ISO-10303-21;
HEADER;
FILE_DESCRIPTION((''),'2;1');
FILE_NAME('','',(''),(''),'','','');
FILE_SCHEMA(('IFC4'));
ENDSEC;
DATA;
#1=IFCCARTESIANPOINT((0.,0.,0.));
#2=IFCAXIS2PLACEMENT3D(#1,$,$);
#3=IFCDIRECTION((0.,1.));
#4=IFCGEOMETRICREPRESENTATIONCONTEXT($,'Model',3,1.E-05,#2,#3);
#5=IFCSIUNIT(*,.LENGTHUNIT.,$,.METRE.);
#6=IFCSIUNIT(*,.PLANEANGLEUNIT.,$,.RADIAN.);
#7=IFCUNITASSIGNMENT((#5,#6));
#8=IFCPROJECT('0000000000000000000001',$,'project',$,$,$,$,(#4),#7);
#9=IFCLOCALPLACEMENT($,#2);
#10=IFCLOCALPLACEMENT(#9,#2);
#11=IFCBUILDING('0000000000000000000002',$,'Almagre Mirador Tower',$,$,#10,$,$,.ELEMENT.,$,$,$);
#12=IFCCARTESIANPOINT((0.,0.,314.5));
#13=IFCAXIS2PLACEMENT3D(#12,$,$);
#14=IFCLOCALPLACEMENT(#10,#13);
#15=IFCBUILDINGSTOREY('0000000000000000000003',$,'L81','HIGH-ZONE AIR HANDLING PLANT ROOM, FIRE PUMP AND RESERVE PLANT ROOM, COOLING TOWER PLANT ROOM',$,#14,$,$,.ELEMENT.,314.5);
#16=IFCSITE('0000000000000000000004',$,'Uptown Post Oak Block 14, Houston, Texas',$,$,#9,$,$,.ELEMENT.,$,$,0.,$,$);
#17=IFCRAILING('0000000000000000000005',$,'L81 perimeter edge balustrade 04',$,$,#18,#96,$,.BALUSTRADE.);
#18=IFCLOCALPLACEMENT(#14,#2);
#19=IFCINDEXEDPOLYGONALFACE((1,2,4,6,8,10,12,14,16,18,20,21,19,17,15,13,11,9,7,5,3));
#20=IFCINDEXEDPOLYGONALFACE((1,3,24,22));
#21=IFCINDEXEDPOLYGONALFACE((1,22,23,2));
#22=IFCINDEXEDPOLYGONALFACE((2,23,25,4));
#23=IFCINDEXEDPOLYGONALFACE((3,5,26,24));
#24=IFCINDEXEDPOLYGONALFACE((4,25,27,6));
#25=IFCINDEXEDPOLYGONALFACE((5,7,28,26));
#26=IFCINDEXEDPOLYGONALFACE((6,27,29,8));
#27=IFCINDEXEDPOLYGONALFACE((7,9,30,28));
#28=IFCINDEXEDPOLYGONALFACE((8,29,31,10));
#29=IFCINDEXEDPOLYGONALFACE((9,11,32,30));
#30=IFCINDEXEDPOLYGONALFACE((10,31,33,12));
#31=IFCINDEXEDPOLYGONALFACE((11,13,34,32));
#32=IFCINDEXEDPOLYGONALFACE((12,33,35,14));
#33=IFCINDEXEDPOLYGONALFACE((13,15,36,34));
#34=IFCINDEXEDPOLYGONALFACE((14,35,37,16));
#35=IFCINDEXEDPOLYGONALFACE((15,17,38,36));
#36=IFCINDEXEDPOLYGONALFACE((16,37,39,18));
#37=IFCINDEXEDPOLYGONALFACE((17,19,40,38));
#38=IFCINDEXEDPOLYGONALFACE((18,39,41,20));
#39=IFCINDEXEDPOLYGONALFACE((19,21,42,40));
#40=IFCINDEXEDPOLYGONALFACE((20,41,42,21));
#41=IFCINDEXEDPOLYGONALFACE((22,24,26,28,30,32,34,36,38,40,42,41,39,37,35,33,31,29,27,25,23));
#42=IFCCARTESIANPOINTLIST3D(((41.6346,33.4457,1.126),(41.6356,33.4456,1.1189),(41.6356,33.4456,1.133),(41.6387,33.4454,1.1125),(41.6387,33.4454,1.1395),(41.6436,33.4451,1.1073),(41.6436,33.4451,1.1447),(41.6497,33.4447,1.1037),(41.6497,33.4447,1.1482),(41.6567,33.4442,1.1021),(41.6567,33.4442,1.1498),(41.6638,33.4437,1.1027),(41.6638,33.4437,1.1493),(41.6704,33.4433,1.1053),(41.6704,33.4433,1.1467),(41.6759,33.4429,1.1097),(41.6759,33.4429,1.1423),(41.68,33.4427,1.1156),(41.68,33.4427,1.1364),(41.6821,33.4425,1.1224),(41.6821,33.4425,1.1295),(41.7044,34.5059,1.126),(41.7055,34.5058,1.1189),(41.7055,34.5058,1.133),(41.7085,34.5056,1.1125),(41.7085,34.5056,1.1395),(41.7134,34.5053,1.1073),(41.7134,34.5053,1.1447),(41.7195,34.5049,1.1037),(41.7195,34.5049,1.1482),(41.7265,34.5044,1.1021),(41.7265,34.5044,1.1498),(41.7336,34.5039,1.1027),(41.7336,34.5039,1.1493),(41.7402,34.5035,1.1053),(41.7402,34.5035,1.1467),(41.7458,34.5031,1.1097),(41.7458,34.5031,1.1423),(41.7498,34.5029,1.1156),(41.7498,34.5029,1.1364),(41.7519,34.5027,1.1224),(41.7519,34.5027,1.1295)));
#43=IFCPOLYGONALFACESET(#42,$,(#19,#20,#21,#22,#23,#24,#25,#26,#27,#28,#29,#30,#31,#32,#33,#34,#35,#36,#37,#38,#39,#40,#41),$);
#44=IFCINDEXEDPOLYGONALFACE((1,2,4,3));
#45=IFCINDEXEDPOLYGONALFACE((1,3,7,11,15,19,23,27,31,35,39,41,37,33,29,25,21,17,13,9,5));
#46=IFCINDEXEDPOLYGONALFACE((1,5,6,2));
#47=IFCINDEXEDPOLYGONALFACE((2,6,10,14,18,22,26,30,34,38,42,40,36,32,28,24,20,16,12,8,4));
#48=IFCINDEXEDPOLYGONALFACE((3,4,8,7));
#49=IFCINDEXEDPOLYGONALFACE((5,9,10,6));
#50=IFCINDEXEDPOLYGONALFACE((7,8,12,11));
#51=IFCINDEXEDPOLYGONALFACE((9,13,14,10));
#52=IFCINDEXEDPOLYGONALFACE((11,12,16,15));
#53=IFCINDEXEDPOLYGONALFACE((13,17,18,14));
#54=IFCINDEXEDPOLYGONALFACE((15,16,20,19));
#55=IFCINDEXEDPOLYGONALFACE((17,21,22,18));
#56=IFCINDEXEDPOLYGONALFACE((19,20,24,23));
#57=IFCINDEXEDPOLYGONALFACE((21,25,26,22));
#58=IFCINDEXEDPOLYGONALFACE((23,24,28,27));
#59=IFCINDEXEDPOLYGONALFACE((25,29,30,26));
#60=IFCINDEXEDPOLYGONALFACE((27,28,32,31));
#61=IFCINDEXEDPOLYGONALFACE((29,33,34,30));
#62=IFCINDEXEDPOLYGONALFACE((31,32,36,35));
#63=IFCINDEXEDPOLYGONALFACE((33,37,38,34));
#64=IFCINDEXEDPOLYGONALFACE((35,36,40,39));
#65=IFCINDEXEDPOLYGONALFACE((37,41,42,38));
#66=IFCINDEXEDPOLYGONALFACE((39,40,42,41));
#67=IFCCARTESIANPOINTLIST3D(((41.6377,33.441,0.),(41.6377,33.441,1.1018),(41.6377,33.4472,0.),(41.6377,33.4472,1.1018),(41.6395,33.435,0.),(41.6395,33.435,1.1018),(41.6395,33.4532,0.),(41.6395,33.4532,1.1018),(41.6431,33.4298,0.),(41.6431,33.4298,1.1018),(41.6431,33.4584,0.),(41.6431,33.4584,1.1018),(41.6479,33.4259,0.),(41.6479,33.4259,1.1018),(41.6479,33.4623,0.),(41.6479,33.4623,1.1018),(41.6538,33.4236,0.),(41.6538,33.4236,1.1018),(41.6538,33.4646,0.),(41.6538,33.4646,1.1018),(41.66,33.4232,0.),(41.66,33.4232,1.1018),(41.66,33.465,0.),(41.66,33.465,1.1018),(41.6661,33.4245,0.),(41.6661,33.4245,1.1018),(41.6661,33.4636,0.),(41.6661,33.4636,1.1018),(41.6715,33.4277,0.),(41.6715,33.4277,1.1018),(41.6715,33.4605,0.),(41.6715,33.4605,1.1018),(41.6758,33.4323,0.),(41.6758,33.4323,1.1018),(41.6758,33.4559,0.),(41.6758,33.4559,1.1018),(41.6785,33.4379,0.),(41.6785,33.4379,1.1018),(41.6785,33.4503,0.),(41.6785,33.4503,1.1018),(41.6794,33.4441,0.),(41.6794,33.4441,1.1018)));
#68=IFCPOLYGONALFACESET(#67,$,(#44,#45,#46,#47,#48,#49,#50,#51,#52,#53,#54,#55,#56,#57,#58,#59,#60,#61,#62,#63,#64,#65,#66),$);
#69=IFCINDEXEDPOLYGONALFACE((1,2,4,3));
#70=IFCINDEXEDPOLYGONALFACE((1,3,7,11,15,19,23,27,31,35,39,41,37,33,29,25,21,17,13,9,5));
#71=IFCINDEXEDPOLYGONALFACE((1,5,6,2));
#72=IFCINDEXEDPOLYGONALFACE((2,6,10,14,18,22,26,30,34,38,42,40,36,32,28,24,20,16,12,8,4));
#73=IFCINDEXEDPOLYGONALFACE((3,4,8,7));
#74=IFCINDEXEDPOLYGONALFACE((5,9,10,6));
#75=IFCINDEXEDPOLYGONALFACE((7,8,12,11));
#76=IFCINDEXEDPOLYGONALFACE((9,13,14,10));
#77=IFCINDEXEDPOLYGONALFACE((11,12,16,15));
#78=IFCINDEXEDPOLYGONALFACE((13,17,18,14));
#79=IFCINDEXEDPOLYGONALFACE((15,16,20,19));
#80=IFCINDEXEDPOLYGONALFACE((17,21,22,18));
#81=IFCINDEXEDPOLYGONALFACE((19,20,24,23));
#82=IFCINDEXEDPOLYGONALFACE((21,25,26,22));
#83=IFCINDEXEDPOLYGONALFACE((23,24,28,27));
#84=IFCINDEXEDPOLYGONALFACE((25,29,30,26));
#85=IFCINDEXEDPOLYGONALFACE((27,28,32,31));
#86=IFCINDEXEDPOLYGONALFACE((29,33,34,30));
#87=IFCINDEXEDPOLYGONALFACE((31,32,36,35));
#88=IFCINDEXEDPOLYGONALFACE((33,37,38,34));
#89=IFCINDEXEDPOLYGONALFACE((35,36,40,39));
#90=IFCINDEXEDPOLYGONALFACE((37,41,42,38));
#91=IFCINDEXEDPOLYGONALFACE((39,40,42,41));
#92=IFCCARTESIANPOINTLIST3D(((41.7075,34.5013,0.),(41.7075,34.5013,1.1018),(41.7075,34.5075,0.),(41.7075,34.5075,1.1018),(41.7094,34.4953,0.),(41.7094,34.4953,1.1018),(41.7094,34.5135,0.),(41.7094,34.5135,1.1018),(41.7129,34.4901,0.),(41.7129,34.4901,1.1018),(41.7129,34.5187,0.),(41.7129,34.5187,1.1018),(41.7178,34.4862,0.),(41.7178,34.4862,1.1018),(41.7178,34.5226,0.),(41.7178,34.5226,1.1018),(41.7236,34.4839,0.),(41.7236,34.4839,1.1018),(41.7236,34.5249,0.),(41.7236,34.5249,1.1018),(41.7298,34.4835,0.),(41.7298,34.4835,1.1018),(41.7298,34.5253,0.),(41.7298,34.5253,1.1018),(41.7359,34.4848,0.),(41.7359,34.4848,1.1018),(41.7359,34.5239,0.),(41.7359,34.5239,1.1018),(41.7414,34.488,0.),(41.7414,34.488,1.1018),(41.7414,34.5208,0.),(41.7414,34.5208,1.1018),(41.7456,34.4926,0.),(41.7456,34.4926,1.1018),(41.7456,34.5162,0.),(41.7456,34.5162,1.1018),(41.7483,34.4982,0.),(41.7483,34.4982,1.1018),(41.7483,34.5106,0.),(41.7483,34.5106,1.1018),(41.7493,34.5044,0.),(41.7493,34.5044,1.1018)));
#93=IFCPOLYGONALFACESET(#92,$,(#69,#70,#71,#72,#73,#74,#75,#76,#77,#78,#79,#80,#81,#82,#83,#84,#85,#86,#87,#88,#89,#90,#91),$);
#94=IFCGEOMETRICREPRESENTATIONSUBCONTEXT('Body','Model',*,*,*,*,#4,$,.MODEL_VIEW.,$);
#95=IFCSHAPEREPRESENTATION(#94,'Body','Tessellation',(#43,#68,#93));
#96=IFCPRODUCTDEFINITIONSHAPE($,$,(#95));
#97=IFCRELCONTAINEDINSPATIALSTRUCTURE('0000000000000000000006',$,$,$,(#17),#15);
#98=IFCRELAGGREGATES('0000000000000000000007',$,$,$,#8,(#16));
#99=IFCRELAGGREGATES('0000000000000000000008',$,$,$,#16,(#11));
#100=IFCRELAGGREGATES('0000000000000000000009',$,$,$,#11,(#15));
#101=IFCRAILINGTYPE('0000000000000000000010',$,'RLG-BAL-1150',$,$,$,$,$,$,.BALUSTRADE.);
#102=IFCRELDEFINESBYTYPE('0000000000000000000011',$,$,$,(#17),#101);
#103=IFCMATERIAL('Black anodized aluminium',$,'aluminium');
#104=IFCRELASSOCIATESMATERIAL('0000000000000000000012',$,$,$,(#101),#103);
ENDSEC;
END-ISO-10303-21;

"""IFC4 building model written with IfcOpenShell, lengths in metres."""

from ifc_helpers import new_model, si_unit, direction, frame, origin, origin_2d, place, context, subcontext, project, spatial, circle, extrude, material, type_object, element, save


model = new_model("IFC4")

# Units and contexts
model_context = context("Model", 3, precision=1e-05, world=origin(), true_north=direction((0.0, 1.0)))
body_context = subcontext(model_context, "Body", "Model", "MODEL_VIEW")
ifc_project = project(units=[si_unit("LENGTHUNIT", "METRE"), si_unit("PLANEANGLEUNIT", "RADIAN")], contexts=[model_context])

# Site, building, storey
site_placement = place(None, origin())
site = spatial("IfcSite", under=ifc_project, at=site_placement, Name="Uptown Post Oak Block 14, Houston, Texas", CompositionType="ELEMENT", RefElevation=0.0)
building_placement = place(site_placement, origin())
building = spatial("IfcBuilding", under=site, at=building_placement, Name="Almagre Mirador Tower", CompositionType="ELEMENT")
storey_placement = place(building_placement, frame((0.0, 0.0, 314.5)))
storey = spatial("IfcBuildingStorey", under=building, at=storey_placement, Name="L81", Description="HIGH-ZONE AIR HANDLING PLANT ROOM, FIRE PUMP AND RESERVE PLANT ROOM, COOLING TOWER PLANT ROOM", CompositionType="ELEMENT", Elevation=314.5)

# Railing
ifc_material_1 = material(Name="Black anodized aluminium", Category="aluminium")
railing_type = type_object("IfcRailingType", Name="RLG-BAL-1150", PredefinedType="BALUSTRADE", material=ifc_material_1)
railing_1_placement = place(storey_placement, frame((41.6584, 33.4441, 0.0)))
element("IfcRailing", 1, at=railing_1_placement, inside=storey, type_object=railing_type, Name="L81 perimeter edge balustrade 04", PredefinedType="BALUSTRADE", context=body_context, shape_type="SweptSolid", body=[
    extrude(circle(Radius=0.0239, at=origin_2d()), frame((0.0, 0.0, 1.126), z_axis=(0.065711, 0.997839, 0.0), x_axis=(-0.997839, 0.065711, 0.0)), (0.0, 0.0, 1.0), 1.0625),
    extrude(circle(Radius=0.021, at=origin_2d()), origin(), (0.0, 0.0, 1.0), 1.1018),
    extrude(circle(Radius=0.021, at=origin_2d()), frame((0.0698, 1.0603, 0.0)), (0.0, 0.0, 1.0), 1.1018),
])

save(model, "model.ifc")
